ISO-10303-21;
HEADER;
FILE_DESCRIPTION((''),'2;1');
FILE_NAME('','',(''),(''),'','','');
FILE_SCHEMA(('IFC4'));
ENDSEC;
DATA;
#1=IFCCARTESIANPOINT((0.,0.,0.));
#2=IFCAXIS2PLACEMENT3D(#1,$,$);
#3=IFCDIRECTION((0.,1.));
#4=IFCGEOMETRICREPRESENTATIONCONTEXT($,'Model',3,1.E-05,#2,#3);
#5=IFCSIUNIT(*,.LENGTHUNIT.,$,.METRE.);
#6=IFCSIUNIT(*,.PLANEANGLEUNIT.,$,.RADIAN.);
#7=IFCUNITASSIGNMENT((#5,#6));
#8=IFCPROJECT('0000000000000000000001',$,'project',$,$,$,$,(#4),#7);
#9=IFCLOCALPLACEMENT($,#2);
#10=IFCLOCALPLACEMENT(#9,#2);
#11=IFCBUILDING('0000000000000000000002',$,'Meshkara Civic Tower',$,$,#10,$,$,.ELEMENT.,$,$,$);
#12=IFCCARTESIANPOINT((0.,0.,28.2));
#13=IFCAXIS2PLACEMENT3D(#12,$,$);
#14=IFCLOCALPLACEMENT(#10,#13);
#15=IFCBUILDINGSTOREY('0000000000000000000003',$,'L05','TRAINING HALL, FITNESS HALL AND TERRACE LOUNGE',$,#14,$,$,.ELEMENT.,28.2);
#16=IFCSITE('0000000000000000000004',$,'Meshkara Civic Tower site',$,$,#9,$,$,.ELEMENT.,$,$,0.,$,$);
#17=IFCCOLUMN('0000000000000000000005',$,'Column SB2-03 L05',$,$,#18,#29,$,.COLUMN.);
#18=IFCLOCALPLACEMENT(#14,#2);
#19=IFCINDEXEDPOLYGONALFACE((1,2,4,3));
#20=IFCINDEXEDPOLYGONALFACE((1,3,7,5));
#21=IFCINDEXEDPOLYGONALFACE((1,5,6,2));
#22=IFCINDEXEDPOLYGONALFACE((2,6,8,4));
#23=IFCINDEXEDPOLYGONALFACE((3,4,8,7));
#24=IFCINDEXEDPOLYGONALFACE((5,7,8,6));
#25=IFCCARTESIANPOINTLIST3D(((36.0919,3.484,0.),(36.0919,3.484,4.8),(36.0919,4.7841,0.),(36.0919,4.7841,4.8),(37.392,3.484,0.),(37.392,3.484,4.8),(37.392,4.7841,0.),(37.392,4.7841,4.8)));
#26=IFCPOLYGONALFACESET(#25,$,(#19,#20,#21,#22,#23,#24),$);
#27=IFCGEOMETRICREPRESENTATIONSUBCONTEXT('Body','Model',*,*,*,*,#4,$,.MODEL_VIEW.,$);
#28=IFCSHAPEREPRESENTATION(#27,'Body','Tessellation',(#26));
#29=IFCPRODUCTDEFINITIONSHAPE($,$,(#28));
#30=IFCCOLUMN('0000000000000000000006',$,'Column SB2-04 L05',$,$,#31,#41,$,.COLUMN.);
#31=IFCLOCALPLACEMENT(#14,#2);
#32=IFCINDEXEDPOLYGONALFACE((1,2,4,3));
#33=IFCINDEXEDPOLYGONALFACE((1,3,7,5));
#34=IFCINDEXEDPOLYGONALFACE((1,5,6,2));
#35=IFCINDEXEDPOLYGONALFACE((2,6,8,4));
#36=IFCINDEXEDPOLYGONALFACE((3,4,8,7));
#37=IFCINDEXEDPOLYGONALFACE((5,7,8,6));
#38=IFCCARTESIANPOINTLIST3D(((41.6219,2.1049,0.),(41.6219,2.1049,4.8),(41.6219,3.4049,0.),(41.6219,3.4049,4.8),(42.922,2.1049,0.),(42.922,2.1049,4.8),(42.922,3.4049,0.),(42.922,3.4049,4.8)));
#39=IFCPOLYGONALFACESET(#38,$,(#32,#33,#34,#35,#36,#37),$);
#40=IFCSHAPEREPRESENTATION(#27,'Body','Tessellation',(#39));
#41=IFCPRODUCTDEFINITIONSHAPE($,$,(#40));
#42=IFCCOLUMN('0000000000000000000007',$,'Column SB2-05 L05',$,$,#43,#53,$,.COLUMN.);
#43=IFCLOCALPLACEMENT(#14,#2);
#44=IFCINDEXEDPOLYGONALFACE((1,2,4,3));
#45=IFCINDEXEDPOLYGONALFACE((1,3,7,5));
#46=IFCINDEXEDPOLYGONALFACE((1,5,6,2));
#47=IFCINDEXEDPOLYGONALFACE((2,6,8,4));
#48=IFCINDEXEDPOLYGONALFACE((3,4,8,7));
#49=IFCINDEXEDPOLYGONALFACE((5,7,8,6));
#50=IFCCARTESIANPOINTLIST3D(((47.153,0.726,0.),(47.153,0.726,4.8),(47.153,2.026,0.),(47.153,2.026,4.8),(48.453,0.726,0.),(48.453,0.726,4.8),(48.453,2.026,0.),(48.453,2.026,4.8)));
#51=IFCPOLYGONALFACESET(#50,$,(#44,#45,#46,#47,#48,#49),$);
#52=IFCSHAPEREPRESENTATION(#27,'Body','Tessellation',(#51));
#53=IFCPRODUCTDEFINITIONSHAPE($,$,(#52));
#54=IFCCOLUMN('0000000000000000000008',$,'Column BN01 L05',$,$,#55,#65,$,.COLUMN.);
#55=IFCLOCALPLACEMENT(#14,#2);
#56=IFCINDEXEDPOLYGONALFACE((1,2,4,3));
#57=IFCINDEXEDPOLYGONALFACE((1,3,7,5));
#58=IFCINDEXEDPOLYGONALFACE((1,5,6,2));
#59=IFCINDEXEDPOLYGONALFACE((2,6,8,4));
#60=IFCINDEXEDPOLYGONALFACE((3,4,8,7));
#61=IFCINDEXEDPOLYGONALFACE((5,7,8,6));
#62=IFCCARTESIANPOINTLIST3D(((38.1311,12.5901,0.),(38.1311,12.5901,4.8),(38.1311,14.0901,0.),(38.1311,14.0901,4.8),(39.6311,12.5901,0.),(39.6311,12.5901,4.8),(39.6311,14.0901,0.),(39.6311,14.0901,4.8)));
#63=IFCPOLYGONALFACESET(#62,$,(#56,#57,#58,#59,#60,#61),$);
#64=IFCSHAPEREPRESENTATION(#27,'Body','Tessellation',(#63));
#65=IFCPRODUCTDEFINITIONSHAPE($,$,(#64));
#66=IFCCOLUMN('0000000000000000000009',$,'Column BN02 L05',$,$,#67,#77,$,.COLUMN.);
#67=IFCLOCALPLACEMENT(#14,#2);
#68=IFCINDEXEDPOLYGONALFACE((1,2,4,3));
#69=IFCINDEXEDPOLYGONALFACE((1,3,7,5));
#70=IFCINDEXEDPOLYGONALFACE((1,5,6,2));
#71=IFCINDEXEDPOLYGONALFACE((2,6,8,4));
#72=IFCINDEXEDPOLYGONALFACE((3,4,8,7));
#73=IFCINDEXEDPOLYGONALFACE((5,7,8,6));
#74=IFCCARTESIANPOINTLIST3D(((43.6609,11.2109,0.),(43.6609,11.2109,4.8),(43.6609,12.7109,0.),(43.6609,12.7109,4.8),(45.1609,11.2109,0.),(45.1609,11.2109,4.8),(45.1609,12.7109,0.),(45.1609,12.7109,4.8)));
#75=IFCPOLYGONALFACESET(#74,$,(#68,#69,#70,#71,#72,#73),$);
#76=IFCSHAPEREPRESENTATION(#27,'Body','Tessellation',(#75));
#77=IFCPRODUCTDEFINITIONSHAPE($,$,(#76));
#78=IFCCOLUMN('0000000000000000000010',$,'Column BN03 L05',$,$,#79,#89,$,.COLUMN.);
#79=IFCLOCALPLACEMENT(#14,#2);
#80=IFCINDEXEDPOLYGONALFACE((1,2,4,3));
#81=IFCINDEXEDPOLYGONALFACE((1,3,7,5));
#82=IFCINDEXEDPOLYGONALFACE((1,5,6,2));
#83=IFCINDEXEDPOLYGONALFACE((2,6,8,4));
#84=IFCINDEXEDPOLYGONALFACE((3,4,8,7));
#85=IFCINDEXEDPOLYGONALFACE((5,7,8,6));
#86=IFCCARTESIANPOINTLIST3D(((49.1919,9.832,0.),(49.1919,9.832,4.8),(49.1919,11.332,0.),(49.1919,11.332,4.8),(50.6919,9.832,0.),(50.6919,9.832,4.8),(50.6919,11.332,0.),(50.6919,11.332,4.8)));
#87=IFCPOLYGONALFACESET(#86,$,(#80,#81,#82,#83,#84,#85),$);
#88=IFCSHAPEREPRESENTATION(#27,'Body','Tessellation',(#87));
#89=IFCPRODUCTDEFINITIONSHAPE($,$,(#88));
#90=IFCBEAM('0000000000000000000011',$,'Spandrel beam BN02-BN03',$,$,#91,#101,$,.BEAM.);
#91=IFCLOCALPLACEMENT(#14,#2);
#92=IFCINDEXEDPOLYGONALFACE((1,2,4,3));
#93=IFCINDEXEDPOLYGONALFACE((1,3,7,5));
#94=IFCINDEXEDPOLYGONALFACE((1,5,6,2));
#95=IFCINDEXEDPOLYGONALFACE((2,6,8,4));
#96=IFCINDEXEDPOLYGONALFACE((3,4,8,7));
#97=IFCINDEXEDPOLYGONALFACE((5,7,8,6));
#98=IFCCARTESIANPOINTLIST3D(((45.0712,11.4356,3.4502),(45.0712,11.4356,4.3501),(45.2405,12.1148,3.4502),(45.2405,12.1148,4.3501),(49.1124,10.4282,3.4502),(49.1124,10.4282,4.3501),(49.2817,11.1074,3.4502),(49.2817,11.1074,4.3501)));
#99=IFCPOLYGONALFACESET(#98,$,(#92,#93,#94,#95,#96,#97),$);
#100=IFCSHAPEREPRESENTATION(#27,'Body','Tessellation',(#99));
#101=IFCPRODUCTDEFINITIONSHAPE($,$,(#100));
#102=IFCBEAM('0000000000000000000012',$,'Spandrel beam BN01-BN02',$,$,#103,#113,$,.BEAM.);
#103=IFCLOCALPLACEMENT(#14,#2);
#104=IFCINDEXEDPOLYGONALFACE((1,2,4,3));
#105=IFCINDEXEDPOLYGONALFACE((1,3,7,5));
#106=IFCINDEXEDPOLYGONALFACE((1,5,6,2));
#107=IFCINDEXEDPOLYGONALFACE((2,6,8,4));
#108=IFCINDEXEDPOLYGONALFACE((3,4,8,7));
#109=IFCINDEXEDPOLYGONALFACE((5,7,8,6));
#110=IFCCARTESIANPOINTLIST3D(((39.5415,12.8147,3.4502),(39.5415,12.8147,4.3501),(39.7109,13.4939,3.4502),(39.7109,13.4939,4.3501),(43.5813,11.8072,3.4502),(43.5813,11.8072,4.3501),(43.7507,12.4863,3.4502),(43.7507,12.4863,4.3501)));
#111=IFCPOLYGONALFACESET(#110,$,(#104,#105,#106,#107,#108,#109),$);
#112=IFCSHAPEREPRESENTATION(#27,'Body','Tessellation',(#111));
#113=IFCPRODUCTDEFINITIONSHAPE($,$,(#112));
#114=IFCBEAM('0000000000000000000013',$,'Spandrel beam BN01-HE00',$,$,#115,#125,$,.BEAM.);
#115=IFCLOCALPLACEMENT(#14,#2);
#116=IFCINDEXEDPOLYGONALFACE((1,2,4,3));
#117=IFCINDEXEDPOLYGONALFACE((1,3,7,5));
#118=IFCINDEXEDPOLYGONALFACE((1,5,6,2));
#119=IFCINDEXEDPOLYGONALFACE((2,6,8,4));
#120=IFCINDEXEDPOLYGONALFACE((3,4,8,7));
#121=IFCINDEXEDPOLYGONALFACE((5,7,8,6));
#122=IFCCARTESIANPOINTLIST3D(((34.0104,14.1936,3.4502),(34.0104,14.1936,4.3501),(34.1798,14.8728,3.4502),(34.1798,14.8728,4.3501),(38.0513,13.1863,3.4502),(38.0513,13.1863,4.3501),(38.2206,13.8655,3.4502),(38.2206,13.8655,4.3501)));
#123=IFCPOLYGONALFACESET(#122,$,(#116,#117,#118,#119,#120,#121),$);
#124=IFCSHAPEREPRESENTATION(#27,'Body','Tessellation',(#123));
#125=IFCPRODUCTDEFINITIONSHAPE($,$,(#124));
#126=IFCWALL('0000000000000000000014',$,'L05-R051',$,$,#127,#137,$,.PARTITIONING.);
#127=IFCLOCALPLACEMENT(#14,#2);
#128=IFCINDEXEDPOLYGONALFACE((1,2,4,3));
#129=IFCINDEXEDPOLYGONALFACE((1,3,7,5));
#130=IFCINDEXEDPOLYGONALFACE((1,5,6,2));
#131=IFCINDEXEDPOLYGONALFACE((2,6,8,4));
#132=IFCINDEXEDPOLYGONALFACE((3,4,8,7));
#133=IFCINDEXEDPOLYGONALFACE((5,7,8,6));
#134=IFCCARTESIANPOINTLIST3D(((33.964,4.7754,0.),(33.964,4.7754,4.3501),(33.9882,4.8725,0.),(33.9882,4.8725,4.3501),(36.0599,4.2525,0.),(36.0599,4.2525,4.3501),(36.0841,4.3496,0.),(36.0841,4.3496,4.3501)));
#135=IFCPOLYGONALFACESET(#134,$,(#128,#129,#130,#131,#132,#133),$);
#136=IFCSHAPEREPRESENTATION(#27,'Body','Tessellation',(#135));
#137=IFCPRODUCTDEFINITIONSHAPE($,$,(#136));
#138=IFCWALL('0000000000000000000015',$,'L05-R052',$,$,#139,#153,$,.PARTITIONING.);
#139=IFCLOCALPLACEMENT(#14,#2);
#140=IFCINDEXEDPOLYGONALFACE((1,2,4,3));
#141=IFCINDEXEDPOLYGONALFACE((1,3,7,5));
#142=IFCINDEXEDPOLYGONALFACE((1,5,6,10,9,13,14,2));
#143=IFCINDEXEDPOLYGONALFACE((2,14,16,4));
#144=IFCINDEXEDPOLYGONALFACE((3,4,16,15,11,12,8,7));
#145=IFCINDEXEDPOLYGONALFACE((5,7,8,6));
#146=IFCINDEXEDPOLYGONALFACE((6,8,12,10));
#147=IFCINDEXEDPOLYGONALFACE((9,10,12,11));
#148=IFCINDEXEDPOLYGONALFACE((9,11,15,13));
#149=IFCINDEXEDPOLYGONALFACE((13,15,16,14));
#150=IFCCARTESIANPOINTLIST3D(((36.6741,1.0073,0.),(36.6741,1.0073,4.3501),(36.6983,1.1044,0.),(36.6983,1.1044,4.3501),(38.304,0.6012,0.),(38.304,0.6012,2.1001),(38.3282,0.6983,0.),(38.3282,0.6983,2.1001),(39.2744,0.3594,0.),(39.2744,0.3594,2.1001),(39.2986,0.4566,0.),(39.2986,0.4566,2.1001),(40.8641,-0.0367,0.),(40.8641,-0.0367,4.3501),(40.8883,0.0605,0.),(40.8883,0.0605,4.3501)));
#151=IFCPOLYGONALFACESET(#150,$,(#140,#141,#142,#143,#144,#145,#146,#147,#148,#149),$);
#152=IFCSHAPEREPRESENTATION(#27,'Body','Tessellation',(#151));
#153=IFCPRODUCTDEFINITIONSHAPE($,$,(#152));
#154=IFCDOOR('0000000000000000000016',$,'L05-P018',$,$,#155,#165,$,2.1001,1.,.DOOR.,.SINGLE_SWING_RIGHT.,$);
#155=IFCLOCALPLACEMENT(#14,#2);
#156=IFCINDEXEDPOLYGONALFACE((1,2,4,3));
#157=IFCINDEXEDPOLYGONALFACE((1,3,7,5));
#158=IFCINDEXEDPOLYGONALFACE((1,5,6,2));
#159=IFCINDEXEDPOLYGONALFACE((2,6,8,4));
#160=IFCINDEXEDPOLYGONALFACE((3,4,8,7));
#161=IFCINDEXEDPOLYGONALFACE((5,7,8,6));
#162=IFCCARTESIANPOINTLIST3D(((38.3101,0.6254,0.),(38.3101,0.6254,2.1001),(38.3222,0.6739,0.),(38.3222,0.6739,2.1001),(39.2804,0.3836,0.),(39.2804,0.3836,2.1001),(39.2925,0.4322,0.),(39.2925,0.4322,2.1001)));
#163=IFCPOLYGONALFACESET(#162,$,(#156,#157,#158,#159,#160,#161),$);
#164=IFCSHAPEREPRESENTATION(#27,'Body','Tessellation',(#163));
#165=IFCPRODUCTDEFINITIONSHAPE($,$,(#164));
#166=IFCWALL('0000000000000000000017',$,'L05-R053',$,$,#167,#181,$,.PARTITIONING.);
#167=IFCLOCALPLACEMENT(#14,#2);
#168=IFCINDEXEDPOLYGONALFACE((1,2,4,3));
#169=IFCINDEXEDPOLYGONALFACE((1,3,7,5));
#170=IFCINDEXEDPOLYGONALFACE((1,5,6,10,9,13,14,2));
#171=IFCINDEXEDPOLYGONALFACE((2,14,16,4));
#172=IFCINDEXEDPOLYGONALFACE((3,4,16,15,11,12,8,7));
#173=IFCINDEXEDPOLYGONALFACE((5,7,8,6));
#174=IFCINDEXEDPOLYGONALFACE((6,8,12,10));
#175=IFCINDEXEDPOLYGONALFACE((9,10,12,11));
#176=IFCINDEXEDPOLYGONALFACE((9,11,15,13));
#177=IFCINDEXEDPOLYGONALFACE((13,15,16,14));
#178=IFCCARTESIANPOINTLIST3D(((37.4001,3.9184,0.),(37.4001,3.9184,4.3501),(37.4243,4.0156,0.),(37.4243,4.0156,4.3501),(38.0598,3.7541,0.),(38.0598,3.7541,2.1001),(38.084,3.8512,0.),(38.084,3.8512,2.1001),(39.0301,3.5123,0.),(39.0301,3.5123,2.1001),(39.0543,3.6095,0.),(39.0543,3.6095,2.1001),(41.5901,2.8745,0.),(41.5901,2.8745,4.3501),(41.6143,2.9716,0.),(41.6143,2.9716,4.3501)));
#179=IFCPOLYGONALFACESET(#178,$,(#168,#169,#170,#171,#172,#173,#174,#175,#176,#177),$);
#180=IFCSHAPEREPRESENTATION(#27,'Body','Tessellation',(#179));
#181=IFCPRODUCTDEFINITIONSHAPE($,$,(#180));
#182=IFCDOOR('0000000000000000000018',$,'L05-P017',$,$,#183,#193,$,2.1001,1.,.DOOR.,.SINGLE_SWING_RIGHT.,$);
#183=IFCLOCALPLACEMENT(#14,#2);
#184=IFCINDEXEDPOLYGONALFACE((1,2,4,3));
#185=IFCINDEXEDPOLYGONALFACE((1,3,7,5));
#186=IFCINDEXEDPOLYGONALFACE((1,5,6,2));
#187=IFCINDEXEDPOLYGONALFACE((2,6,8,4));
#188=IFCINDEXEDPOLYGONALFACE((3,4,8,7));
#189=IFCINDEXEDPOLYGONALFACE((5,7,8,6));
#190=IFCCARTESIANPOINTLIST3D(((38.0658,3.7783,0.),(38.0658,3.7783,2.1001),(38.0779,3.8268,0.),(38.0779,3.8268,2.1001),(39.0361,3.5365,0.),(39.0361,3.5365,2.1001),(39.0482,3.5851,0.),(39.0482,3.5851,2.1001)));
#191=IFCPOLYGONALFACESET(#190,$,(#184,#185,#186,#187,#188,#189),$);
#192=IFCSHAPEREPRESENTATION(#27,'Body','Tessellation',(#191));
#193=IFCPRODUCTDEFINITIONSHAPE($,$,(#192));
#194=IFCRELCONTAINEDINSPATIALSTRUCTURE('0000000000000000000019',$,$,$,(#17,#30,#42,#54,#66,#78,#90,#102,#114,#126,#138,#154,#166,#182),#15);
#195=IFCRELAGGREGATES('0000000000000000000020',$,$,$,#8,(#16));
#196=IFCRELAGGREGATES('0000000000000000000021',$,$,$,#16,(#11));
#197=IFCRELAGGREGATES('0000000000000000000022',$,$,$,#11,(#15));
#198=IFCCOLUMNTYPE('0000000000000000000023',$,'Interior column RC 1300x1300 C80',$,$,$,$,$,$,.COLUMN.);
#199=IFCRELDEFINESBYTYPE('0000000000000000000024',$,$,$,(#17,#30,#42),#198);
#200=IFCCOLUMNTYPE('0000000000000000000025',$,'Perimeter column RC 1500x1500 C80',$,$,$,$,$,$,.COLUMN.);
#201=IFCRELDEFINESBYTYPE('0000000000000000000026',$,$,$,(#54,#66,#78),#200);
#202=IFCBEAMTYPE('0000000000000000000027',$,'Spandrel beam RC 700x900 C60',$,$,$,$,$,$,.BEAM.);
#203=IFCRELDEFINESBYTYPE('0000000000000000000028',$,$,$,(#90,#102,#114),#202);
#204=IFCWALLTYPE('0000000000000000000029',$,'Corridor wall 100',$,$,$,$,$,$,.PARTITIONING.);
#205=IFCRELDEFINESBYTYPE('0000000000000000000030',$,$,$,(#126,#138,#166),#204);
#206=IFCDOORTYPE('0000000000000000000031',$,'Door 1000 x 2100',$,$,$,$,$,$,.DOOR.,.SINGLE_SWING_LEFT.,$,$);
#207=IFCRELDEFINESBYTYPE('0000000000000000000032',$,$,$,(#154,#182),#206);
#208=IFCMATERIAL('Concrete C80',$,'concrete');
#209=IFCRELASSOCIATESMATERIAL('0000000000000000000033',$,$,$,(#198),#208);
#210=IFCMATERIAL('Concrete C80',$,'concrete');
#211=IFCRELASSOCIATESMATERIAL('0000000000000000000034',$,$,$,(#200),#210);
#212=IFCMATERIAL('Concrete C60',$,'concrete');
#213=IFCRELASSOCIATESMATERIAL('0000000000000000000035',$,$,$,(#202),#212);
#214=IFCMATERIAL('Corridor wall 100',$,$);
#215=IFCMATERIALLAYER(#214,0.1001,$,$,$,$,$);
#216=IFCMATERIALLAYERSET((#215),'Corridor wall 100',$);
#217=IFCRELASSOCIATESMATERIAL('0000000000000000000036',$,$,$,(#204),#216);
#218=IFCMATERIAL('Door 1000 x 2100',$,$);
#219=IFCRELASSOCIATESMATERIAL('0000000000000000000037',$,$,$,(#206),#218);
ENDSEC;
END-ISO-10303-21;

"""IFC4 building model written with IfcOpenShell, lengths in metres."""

from ifc_helpers import new_model, si_unit, direction, frame, frame_2d, origin, origin_2d, place, context, subcontext, project, spatial, rectangle, extrude, material, layer, layer_set, material_profile, profile_set, type_object, element, fill, save


model = new_model("IFC4")

# Units and contexts
model_context = context("Model", 3, precision=1e-05, world=origin(), true_north=direction((0.0, 1.0)))
body_context = subcontext(model_context, "Body", "Model", "MODEL_VIEW")
ifc_project = project(units=[si_unit("LENGTHUNIT", "METRE"), si_unit("PLANEANGLEUNIT", "RADIAN")], contexts=[model_context])

# Site, building, storey
site_placement = place(None, origin())
site = spatial("IfcSite", under=ifc_project, at=site_placement, Name="Meshkara Civic Tower site", CompositionType="ELEMENT", RefElevation=0.0)
building_placement = place(site_placement, origin())
building = spatial("IfcBuilding", under=site, at=building_placement, Name="Meshkara Civic Tower", CompositionType="ELEMENT")
storey_placement = place(building_placement, frame((0.0, 0.0, 28.2)))
storey = spatial("IfcBuildingStorey", under=building, at=storey_placement, Name="L05", Description="TRAINING HALL, FITNESS HALL AND TERRACE LOUNGE", CompositionType="ELEMENT", Elevation=28.2)

# Columns
ifc_material_1 = material(Name="Concrete C80", Category="concrete")
ifc_material_profile_1 = material_profile(ifc_material_1, rectangle(XDim=1.3, YDim=1.3, at=origin_2d()))
ifc_profile_set_1 = profile_set([ifc_material_profile_1], Name="Concrete C80")
column_type_1 = type_object("IfcColumnType", Name="Interior column RC 1300x1300 C80", PredefinedType="COLUMN", material=ifc_profile_set_1)
for number, where, z_axis, x_axis, name in (
    (1, (36.7419, 4.134, 0.0), (0.0, 0.0, 1.0), (1.0, 0.0, 0.0), "Column SB2-03 L05"),
    (2, (42.272, 2.7549, 0.0), (0.0, 0.0, 1.0), (1.0, 0.0, 0.0), "Column SB2-04 L05"),
    (3, (47.803, 1.376, 0.0), (0.0, 0.0, 1.0), (1.0, 0.0, 0.0), "Column SB2-05 L05"),
):
    element("IfcColumn", number, at=place(storey_placement, frame(where, z_axis=z_axis, x_axis=x_axis)), inside=storey, type_object=column_type_1, Name=name, PredefinedType="COLUMN", context=body_context, shape_type="SweptSolid", body=[
        extrude(rectangle(XDim=1.3, YDim=1.3, at=origin_2d()), origin(), (0.0, 0.0, 1.0), 4.8),
    ])
ifc_material_2 = material(Name="Concrete C80", Category="concrete")
ifc_material_profile_2 = material_profile(ifc_material_2, rectangle(XDim=1.5, YDim=1.5, at=origin_2d()))
ifc_profile_set_2 = profile_set([ifc_material_profile_2], Name="Concrete C80")
column_type_2 = type_object("IfcColumnType", Name="Perimeter column RC 1500x1500 C80", PredefinedType="COLUMN", material=ifc_profile_set_2)
for number, where, z_axis, x_axis, name in (
    (4, (38.8811, 13.3401, 0.0), (0.0, 0.0, 1.0), (1.0, 0.0, 0.0), "Column BN01 L05"),
    (5, (44.4109, 11.9609, 0.0), (0.0, 0.0, 1.0), (1.0, 0.0, 0.0), "Column BN02 L05"),
    (6, (49.9419, 10.582, 0.0), (0.0, 0.0, 1.0), (1.0, 0.0, 0.0), "Column BN03 L05"),
):
    element("IfcColumn", number, at=place(storey_placement, frame(where, z_axis=z_axis, x_axis=x_axis)), inside=storey, type_object=column_type_2, Name=name, PredefinedType="COLUMN", context=body_context, shape_type="SweptSolid", body=[
        extrude(rectangle(XDim=1.5, YDim=1.5, at=origin_2d()), origin(), (0.0, 0.0, 1.0), 4.8),
    ])

# Beams
ifc_material_3 = material(Name="Concrete C60", Category="concrete")
ifc_material_profile_3 = material_profile(ifc_material_3, rectangle(XDim=0.7, YDim=0.8999, at=origin_2d()))
ifc_profile_set_3 = profile_set([ifc_material_profile_3], Name="Concrete C60")
beam_type = type_object("IfcBeamType", Name="Spandrel beam RC 700x900 C60", PredefinedType="BEAM", material=ifc_profile_set_3)
beam_1_placement = place(storey_placement, frame((49.197, 10.7678, 3.9001), z_axis=(-0.970308, 0.241873, 0.0), x_axis=(-0.241873, -0.970308, 0.0)))
element("IfcBeam", 7, at=beam_1_placement, inside=storey, type_object=beam_type, Name="Spandrel beam BN02-BN03", PredefinedType="BEAM", context=body_context, shape_type="SweptSolid", body=[
    extrude(rectangle(XDim=0.7, YDim=0.8999, at=origin_2d()), origin(), (0.0, 0.0, 1.0), 4.1648),
])
beam_2_placement = place(storey_placement, frame((43.666, 12.1467, 3.9001), z_axis=(-0.970277, 0.241998, 0.0), x_axis=(-0.241998, -0.970277, 0.0)))
element("IfcBeam", 8, at=beam_2_placement, inside=storey, type_object=beam_type, Name="Spandrel beam BN01-BN02", PredefinedType="BEAM", context=body_context, shape_type="SweptSolid", body=[
    extrude(rectangle(XDim=0.7, YDim=0.8999, at=origin_2d()), origin(), (0.0, 0.0, 1.0), 4.1636),
])
beam_3_placement = place(storey_placement, frame((38.136, 13.5259, 3.9001), z_axis=(-0.970304, 0.241887, 0.0), x_axis=(-0.241887, -0.970304, 0.0)))
element("IfcBeam", 9, at=beam_3_placement, inside=storey, type_object=beam_type, Name="Spandrel beam BN01-HE00", PredefinedType="BEAM", context=body_context, shape_type="SweptSolid", body=[
    extrude(rectangle(XDim=0.7, YDim=0.8999, at=origin_2d()), origin(), (0.0, 0.0, 1.0), 4.1646),
])

# Wall
ifc_material_4 = material(Name="Corridor wall 100")
ifc_layer_1 = layer(ifc_material_4, 0.1001)
ifc_layer_set_1 = layer_set([ifc_layer_1], Name="Corridor wall 100")
wall_type_1 = type_object("IfcWallType", Name="Corridor wall 100", PredefinedType="PARTITIONING", material=ifc_layer_set_1)
wall_1_placement = place(storey_placement, frame((36.072, 4.301, 0.0), z_axis=(0.0, 0.0, 1.0), x_axis=(-0.970255, 0.242084, 0.0)))
element("IfcWall", 10, at=wall_1_placement, inside=storey, type_object=wall_type_1, Name="L05-R051", PredefinedType="PARTITIONING", context=body_context, shape_type="SweptSolid", body=[
    extrude(rectangle(XDim=2.1602, YDim=0.1001, at=frame_2d((1.0801, 0.0))), origin(), (0.0, 0.0, 1.0), 4.3501),
])

# Walls, openings, doors
wall_2_placement = place(storey_placement, frame((36.686, 1.0559, 0.0), z_axis=(0.0, 0.0, 1.0), x_axis=(0.970335, -0.241764, 0.0)))
wall_2 = element("IfcWall", 11, at=wall_2_placement, inside=storey, type_object=wall_type_1, Name="L05-R052", PredefinedType="PARTITIONING", context=body_context, shape_type="SweptSolid", body=[
    extrude(rectangle(XDim=4.3181, YDim=0.1001, at=frame_2d((2.1592, 0.0))), origin(), (0.0, 0.0, 1.0), 4.3501),
])
opening_1_placement = place(wall_2_placement, frame((1.6799, 0.0, 0.0)))
opening_1 = element("IfcOpeningElement", 12, at=opening_1_placement, cuts=wall_2, PredefinedType="OPENING", context=body_context, shape_type="SweptSolid", body=[
    extrude(rectangle(XDim=1.0, YDim=2.1001, at=frame_2d((0.5, 1.05))), frame((0.0, 0.0601, 0.0), z_axis=(0.0, -1.0, 0.0), x_axis=(1.0, 0.0, 0.0)), (0.0, 0.0, 1.0), 0.1201),
])
ifc_material_5 = material(Name="Door 1000 x 2100")
door_type = type_object("IfcDoorType", Name="Door 1000 x 2100", OperationType="SINGLE_SWING_LEFT", PredefinedType="DOOR", material=ifc_material_5)
door_1_placement = place(opening_1_placement, origin())
door_1 = element("IfcDoor", 13, at=door_1_placement, inside=storey, type_object=door_type, Name="L05-P018", OperationType="SINGLE_SWING_RIGHT", OverallHeight=2.1001, OverallWidth=1.0, PredefinedType="DOOR", context=body_context, shape_type="SweptSolid", body=[
    extrude(rectangle(XDim=1.0, YDim=2.1001, at=frame_2d((0.5, 1.05))), frame((0.0, 0.0249, 0.0), z_axis=(0.0, -1.0, 0.0), x_axis=(1.0, 0.0, 0.0)), (0.0, 0.0, 1.0), 0.05),
])
fill(opening_1, door_1)
wall_3_placement = place(storey_placement, frame((37.4121, 3.967, 0.0), z_axis=(0.0, 0.0, 1.0), x_axis=(0.970335, -0.241764, 0.0)))
wall_3 = element("IfcWall", 14, at=wall_3_placement, inside=storey, type_object=wall_type_1, Name="L05-R053", PredefinedType="PARTITIONING", context=body_context, shape_type="SweptSolid", body=[
    extrude(rectangle(XDim=4.3181, YDim=0.1001, at=frame_2d((2.1592, 0.0))), origin(), (0.0, 0.0, 1.0), 4.3501),
])
opening_2_placement = place(wall_3_placement, frame((0.6799, 0.0, 0.0)))
opening_2 = element("IfcOpeningElement", 15, at=opening_2_placement, cuts=wall_3, PredefinedType="OPENING", context=body_context, shape_type="SweptSolid", body=[
    extrude(rectangle(XDim=1.0, YDim=2.1001, at=frame_2d((0.5, 1.05))), frame((0.0, 0.0601, 0.0), z_axis=(0.0, -1.0, 0.0), x_axis=(1.0, 0.0, 0.0)), (0.0, 0.0, 1.0), 0.1201),
])
door_2_placement = place(opening_2_placement, origin())
door_2 = element("IfcDoor", 16, at=door_2_placement, inside=storey, type_object=door_type, Name="L05-P017", OperationType="SINGLE_SWING_RIGHT", OverallHeight=2.1001, OverallWidth=1.0, PredefinedType="DOOR", context=body_context, shape_type="SweptSolid", body=[
    extrude(rectangle(XDim=1.0, YDim=2.1001, at=frame_2d((0.5, 1.05))), frame((0.0, 0.0249, 0.0), z_axis=(0.0, -1.0, 0.0), x_axis=(1.0, 0.0, 0.0)), (0.0, 0.0, 1.0), 0.05),
])
fill(opening_2, door_2)

save(model, "model.ifc")
